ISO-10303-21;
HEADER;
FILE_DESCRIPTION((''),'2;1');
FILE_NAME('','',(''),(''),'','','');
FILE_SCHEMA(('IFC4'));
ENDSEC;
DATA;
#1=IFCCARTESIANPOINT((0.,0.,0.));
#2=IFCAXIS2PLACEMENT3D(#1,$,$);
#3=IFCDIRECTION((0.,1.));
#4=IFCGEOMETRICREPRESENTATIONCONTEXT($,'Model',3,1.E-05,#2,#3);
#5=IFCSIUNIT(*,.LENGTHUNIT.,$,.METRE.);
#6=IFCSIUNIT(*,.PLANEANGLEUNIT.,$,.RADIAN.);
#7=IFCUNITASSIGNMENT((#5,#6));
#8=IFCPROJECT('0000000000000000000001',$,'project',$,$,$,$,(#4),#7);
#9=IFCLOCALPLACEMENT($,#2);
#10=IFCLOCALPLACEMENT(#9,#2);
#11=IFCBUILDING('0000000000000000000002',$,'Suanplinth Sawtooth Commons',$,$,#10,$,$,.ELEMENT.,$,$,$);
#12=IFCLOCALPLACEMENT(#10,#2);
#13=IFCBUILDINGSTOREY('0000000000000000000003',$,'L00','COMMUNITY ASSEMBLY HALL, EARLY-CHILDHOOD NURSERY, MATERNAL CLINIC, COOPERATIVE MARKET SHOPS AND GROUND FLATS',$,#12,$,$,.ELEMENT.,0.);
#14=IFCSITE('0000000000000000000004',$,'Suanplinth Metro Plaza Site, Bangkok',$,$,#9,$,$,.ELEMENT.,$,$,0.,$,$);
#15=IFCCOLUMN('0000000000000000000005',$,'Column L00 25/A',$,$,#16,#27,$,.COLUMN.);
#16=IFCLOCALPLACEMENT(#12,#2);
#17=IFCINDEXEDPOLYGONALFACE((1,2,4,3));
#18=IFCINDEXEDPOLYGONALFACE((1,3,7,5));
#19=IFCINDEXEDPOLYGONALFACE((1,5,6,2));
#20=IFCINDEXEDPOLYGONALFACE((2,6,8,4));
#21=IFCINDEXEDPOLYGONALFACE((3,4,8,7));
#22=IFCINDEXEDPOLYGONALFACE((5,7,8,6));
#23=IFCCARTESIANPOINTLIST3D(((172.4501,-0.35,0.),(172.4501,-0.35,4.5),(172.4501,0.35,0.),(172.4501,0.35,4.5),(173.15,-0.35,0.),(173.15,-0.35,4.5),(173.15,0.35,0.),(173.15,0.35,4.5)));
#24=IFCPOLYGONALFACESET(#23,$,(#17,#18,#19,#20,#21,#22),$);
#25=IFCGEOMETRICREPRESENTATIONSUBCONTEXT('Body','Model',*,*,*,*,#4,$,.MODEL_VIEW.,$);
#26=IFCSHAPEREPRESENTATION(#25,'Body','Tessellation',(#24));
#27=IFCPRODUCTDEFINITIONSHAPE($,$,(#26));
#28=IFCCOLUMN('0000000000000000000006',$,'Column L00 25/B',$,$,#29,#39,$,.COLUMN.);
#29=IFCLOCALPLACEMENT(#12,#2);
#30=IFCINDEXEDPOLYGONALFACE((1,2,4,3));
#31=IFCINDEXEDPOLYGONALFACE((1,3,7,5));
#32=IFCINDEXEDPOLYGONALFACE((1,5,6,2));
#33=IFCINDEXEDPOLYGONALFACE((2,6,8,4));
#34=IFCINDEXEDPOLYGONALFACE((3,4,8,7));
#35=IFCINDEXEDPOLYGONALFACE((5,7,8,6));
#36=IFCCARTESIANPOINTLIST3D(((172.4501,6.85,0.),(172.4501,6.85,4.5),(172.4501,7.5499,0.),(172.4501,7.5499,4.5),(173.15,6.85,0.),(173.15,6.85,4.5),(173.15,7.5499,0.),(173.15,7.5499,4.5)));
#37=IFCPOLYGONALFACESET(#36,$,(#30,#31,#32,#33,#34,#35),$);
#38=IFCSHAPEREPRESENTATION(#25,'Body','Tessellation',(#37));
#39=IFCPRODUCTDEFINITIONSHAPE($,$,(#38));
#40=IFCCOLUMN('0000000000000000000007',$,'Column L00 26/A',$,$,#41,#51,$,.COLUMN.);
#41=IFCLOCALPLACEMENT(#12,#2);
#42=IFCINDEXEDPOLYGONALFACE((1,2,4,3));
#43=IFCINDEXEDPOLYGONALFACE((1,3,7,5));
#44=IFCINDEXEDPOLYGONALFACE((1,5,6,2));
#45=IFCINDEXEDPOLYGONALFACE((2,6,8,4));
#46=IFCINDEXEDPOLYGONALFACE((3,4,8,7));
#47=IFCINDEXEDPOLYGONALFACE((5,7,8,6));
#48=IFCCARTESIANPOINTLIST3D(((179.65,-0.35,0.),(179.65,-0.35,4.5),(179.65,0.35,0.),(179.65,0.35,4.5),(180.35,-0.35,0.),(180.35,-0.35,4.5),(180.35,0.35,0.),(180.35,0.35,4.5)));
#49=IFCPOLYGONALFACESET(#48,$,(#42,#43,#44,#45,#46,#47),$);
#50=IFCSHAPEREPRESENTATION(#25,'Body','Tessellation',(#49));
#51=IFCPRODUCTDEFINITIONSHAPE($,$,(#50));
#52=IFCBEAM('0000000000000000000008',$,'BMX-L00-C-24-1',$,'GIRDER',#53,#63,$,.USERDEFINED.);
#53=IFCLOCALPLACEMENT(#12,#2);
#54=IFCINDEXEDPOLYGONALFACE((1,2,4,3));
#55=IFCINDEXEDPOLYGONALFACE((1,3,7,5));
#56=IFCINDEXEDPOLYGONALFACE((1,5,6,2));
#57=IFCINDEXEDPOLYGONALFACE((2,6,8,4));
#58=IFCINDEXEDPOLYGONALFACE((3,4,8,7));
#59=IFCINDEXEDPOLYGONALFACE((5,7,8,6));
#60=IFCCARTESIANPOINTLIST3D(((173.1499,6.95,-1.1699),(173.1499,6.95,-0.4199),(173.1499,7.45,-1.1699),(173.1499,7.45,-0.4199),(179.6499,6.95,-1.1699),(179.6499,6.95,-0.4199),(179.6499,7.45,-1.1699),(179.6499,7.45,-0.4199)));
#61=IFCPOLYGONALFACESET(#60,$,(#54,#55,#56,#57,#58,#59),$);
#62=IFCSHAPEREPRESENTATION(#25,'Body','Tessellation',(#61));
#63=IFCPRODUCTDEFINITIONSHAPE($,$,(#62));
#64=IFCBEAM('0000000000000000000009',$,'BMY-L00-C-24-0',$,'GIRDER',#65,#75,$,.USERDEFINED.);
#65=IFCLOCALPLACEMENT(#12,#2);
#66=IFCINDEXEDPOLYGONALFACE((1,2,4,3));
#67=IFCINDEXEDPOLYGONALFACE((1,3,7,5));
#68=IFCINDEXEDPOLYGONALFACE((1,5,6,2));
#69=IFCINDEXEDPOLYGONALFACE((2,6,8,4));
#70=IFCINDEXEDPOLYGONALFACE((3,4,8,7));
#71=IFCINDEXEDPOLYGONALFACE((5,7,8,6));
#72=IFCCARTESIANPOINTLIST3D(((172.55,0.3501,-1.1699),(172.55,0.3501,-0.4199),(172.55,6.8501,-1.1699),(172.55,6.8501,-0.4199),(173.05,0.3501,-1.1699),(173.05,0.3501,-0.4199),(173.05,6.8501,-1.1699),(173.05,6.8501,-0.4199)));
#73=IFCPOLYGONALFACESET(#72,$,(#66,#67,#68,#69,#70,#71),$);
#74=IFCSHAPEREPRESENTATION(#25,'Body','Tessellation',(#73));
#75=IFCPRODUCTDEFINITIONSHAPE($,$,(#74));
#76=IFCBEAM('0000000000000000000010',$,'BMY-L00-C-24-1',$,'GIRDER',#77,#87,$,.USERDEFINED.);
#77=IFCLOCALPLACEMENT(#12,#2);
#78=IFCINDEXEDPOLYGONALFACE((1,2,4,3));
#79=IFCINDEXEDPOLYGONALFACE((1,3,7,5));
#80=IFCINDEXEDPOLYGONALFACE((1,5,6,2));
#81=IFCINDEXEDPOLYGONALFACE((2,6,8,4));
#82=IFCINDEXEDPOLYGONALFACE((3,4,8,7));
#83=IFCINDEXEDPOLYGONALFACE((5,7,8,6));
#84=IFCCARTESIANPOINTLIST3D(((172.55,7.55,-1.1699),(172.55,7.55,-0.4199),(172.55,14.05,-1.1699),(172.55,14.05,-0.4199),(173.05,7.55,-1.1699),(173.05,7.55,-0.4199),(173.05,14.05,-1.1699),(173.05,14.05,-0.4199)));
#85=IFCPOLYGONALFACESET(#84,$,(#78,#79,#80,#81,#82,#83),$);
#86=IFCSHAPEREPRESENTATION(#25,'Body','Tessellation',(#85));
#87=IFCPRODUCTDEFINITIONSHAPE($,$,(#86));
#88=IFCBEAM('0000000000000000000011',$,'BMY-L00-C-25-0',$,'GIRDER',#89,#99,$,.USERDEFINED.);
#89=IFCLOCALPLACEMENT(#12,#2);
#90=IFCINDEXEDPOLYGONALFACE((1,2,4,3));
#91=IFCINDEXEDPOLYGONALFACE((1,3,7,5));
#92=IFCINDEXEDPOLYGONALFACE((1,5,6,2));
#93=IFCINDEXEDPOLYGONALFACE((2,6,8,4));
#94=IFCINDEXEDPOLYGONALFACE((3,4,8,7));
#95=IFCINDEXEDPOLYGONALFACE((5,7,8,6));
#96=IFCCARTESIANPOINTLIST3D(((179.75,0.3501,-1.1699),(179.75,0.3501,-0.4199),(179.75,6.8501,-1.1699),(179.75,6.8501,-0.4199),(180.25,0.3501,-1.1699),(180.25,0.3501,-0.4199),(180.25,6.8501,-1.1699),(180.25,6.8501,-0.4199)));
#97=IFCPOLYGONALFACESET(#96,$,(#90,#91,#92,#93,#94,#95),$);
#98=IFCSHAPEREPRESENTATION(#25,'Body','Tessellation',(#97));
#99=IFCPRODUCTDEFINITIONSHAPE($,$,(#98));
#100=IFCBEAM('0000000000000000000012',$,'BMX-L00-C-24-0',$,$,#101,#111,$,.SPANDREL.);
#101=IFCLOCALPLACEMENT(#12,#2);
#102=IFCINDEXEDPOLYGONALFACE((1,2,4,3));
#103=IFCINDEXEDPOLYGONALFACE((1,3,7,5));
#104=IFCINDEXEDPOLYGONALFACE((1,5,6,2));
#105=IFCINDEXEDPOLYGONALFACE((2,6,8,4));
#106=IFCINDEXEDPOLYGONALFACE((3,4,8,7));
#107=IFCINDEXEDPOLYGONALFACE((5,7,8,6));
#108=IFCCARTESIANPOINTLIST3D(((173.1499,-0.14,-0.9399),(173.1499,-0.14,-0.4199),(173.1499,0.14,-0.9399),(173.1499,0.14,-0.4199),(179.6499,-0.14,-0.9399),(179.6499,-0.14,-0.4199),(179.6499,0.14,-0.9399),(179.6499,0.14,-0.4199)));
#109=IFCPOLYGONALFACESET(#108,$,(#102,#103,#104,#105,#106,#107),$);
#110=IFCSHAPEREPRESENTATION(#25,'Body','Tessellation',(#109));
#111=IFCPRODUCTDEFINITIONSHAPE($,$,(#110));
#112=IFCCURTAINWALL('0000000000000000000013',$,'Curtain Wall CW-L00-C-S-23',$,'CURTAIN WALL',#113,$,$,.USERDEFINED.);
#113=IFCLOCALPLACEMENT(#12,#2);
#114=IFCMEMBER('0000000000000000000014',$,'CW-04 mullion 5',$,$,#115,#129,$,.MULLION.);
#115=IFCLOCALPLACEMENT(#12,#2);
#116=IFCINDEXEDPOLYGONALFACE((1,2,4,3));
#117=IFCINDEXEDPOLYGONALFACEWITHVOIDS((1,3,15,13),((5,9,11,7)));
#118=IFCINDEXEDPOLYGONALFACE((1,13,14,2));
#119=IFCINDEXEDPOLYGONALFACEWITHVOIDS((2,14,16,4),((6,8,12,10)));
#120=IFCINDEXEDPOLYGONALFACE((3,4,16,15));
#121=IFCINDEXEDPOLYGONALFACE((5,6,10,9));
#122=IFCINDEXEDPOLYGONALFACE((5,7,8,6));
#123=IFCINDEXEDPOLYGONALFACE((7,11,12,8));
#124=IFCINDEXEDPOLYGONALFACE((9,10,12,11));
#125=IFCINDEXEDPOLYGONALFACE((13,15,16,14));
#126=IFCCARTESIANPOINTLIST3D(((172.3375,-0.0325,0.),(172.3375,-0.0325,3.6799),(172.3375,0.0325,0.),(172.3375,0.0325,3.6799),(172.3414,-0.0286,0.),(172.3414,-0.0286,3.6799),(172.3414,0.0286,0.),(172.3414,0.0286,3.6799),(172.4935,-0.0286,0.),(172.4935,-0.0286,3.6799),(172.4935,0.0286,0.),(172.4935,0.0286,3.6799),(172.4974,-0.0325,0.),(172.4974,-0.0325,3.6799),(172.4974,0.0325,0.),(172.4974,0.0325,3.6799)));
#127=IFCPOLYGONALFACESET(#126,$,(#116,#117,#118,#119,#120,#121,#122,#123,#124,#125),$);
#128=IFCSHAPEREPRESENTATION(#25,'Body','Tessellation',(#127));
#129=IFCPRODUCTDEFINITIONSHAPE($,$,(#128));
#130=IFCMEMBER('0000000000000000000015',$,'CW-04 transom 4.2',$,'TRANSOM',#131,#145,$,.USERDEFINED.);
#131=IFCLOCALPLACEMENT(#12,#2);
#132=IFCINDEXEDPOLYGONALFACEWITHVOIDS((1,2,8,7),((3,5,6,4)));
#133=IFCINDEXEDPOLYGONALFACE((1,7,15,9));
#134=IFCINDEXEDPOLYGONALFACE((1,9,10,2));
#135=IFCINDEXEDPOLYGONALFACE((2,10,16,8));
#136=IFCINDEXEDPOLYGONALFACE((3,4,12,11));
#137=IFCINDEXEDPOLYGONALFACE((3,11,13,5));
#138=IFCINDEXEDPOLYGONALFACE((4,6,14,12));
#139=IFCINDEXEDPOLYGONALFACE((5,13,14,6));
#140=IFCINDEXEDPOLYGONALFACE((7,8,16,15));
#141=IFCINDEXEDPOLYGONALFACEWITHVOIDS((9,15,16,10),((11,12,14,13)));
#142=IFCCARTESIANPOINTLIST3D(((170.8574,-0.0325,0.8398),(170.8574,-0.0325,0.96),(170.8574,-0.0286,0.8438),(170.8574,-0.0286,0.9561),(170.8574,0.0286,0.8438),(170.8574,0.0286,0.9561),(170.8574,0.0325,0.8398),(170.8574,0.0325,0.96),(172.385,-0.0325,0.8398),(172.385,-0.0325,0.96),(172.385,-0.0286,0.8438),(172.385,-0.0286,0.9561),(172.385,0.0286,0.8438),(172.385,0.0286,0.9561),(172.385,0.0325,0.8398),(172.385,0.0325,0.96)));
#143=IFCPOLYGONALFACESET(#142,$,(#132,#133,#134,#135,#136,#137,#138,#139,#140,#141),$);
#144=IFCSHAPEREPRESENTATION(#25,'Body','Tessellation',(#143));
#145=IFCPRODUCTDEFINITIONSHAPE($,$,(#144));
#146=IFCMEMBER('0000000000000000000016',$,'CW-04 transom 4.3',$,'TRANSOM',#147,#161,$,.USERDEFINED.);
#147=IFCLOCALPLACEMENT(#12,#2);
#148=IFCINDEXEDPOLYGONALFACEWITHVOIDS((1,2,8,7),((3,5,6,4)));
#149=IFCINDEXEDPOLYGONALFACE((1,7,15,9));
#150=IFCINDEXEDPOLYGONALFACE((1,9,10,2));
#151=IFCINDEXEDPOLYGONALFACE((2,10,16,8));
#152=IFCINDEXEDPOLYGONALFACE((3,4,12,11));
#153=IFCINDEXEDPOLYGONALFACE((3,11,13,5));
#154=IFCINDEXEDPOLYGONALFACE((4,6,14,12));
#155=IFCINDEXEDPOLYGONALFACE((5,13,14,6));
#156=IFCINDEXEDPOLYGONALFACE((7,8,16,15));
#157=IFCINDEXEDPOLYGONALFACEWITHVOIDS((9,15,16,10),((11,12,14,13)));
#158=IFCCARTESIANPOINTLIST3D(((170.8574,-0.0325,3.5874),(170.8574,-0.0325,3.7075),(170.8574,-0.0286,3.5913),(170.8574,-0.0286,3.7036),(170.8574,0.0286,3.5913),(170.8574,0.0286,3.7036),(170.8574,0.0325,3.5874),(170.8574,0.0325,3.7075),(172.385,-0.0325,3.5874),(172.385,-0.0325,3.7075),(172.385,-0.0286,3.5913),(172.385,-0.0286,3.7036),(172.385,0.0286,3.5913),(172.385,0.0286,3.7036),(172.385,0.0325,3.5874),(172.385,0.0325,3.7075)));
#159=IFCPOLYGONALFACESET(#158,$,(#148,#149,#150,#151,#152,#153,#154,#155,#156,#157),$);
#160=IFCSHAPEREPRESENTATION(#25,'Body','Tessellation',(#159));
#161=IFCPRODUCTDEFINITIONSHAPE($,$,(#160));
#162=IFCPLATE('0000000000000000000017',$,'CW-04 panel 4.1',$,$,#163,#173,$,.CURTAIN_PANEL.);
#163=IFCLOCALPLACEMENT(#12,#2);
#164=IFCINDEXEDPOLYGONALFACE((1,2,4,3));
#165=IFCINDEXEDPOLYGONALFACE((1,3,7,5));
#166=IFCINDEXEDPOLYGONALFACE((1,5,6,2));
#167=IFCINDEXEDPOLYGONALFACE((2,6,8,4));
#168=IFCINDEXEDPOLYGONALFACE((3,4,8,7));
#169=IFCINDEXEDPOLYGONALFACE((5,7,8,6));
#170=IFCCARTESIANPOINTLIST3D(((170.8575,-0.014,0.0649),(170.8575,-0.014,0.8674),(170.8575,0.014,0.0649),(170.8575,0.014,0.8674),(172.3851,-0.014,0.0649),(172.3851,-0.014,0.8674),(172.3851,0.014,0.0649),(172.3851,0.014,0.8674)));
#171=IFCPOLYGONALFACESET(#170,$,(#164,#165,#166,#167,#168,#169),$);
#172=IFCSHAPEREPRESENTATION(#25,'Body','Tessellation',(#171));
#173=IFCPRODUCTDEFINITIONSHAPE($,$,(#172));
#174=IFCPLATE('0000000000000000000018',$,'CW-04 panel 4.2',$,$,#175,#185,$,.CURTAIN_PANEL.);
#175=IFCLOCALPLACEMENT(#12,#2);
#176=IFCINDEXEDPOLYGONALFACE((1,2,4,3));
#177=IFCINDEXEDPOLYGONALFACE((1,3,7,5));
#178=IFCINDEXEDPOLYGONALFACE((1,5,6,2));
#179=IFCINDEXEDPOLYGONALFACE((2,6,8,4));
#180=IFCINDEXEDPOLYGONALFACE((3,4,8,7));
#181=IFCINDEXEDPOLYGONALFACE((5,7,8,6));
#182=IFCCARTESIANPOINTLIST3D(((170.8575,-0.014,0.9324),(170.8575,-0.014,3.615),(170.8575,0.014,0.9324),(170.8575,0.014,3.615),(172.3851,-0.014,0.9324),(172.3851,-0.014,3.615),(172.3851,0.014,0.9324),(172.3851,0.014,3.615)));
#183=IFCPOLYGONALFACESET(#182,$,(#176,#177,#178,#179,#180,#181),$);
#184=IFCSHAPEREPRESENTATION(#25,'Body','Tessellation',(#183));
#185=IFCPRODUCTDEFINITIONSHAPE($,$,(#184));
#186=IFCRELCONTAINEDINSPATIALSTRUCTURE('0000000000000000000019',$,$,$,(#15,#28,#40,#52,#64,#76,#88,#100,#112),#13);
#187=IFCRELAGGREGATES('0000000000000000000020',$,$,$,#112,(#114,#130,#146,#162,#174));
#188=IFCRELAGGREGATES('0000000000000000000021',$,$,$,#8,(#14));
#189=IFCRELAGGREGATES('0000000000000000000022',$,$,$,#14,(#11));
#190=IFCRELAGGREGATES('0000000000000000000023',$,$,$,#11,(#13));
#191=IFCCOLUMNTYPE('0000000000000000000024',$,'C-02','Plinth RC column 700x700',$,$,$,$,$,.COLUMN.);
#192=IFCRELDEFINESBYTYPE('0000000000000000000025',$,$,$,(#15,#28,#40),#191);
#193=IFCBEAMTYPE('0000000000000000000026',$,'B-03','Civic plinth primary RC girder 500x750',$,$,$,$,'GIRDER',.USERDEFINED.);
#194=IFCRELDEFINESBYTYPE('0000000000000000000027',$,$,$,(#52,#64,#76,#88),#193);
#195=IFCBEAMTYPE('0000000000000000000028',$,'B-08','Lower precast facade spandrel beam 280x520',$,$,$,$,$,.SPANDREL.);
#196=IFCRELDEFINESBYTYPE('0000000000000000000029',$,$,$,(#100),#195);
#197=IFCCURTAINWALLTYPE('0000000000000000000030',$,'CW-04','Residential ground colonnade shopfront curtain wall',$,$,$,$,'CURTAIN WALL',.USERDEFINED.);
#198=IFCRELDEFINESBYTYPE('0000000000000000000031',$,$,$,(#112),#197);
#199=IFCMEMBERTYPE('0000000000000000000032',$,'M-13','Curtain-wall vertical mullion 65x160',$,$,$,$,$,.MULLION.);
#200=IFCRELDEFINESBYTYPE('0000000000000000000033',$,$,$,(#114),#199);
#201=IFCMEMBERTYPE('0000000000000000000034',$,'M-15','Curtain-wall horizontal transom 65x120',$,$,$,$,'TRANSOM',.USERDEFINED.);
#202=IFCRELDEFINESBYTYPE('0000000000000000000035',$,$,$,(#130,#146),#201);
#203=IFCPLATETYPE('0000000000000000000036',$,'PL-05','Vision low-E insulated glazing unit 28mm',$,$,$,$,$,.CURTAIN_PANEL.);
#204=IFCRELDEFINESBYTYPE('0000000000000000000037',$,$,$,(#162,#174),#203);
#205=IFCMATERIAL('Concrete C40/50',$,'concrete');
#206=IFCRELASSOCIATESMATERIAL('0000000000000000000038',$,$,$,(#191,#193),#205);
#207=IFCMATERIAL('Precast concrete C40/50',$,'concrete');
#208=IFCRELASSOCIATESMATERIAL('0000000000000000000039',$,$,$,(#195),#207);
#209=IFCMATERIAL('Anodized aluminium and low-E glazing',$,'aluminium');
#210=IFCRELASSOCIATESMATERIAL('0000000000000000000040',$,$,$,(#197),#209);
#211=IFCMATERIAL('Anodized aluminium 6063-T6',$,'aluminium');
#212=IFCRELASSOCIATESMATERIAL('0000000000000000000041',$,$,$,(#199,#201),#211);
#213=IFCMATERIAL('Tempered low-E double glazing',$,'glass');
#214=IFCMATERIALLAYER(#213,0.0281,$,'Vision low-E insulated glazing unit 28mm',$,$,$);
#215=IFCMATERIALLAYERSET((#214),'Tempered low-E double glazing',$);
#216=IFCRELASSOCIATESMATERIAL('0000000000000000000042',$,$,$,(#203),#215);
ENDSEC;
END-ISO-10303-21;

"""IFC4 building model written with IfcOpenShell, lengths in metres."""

from ifc_helpers import new_model, si_unit, direction, frame, origin, origin_2d, place, context, subcontext, project, spatial, rectangle, hollow_rectangle, extrude, material, layer, layer_set, material_profile, profile_set, type_object, element, aggregate, save


model = new_model("IFC4")

# Units and contexts
model_context = context("Model", 3, precision=1e-05, world=origin(), true_north=direction((0.0, 1.0)))
body_context = subcontext(model_context, "Body", "Model", "MODEL_VIEW")
ifc_project = project(units=[si_unit("LENGTHUNIT", "METRE"), si_unit("PLANEANGLEUNIT", "RADIAN")], contexts=[model_context])

# Site, building, storey
site_placement = place(None, origin())
site = spatial("IfcSite", under=ifc_project, at=site_placement, Name="Suanplinth Metro Plaza Site, Bangkok", CompositionType="ELEMENT", RefElevation=0.0)
building_placement = place(site_placement, origin())
building = spatial("IfcBuilding", under=site, at=building_placement, Name="Suanplinth Sawtooth Commons", CompositionType="ELEMENT")
storey_placement = place(building_placement, origin())
storey = spatial("IfcBuildingStorey", under=building, at=storey_placement, Name="L00", Description="COMMUNITY ASSEMBLY HALL, EARLY-CHILDHOOD NURSERY, MATERNAL CLINIC, COOPERATIVE MARKET SHOPS AND GROUND FLATS", CompositionType="ELEMENT", Elevation=0.0)

# Columns
ifc_material_1 = material(Name="Concrete C40/50", Category="concrete")
ifc_material_profile_1 = material_profile(ifc_material_1, rectangle(XDim=0.7, YDim=0.7, at=origin_2d()), Name="RC-COL 700x700")
ifc_profile_set_1 = profile_set([ifc_material_profile_1], Name="Concrete C40/50")
column_type = type_object("IfcColumnType", Name="C-02", Description="Plinth RC column 700x700", PredefinedType="COLUMN", material=ifc_profile_set_1)
for number, where, z_axis, x_axis, name in (
    (1, (172.8, 0.0, 0.0), (0.0, 0.0, 1.0), (1.0, 0.0, 0.0), "Column L00 25/A"),
    (2, (172.8, 7.2, 0.0), (0.0, 0.0, 1.0), (1.0, 0.0, 0.0), "Column L00 25/B"),
    (3, (180.0, 0.0, 0.0), (0.0, 0.0, 1.0), (1.0, 0.0, 0.0), "Column L00 26/A"),
):
    element("IfcColumn", number, at=place(storey_placement, frame(where, z_axis=z_axis, x_axis=x_axis)), inside=storey, type_object=column_type, Name=name, PredefinedType="COLUMN", context=body_context, shape_type="SweptSolid", body=[
        extrude(rectangle(XDim=0.7, YDim=0.7, at=origin_2d()), origin(), (0.0, 0.0, 1.0), 4.5),
    ])

# Beams
ifc_material_profile_2 = material_profile(ifc_material_1, rectangle(XDim=0.5, YDim=0.75, at=origin_2d()), Name="RC-GDR 500x750")
ifc_profile_set_2 = profile_set([ifc_material_profile_2], Name="Concrete C40/50")
beam_type_1 = type_object("IfcBeamType", Name="B-03", Description="Civic plinth primary RC girder 500x750", ElementType="GIRDER", PredefinedType="USERDEFINED", material=ifc_profile_set_2)
for number, where, z_axis, x_axis, name in (
    (4, (173.1499, 7.2, -0.7949), (1.0, 0.0, 0.0), (0.0, 1.0, 0.0), "BMX-L00-C-24-1"),
    (5, (172.8, 0.3501, -0.7949), (0.0, 1.0, 0.0), (-1.0, 0.0, 0.0), "BMY-L00-C-24-0"),
    (6, (172.8, 7.55, -0.7949), (0.0, 1.0, 0.0), (-1.0, 0.0, 0.0), "BMY-L00-C-24-1"),
    (7, (180.0, 0.3501, -0.7949), (0.0, 1.0, 0.0), (-1.0, 0.0, 0.0), "BMY-L00-C-25-0"),
):
    element("IfcBeam", number, at=place(storey_placement, frame(where, z_axis=z_axis, x_axis=x_axis)), inside=storey, type_object=beam_type_1, Name=name, ObjectType="GIRDER", PredefinedType="USERDEFINED", context=body_context, shape_type="SweptSolid", body=[
        extrude(rectangle(XDim=0.5, YDim=0.75, at=origin_2d()), origin(), (0.0, 0.0, 1.0), 6.5),
    ])
ifc_material_2 = material(Name="Precast concrete C40/50", Category="concrete")
ifc_material_profile_3 = material_profile(ifc_material_2, rectangle(XDim=0.28, YDim=0.52, at=origin_2d()), Name="PC-SP 280x520")
ifc_profile_set_3 = profile_set([ifc_material_profile_3], Name="Precast concrete C40/50")
beam_type_2 = type_object("IfcBeamType", Name="B-08", Description="Lower precast facade spandrel beam 280x520", PredefinedType="SPANDREL", material=ifc_profile_set_3)
beam_placement = place(storey_placement, frame((173.1499, 0.0, -0.6799), z_axis=(1.0, 0.0, 0.0), x_axis=(0.0, 1.0, 0.0)))
element("IfcBeam", 8, at=beam_placement, inside=storey, type_object=beam_type_2, Name="BMX-L00-C-24-0", PredefinedType="SPANDREL", context=body_context, shape_type="SweptSolid", body=[
    extrude(rectangle(XDim=0.28, YDim=0.52, at=origin_2d()), origin(), (0.0, 0.0, 1.0), 6.5),
])

# Curtain wall, members, plates
ifc_material_3 = material(Name="Anodized aluminium and low-E glazing", Category="aluminium")
curtain_wall_type = type_object("IfcCurtainWallType", Name="CW-04", Description="Residential ground colonnade shopfront curtain wall", ElementType="CURTAIN WALL", PredefinedType="USERDEFINED", material=ifc_material_3)
curtain_wall_placement = place(storey_placement, origin())
curtain_wall = element("IfcCurtainWall", 9, at=curtain_wall_placement, inside=storey, type_object=curtain_wall_type, Name="Curtain Wall CW-L00-C-S-23", ObjectType="CURTAIN WALL", PredefinedType="USERDEFINED")
ifc_material_4 = material(Name="Anodized aluminium 6063-T6", Category="aluminium")
ifc_material_profile_4 = material_profile(ifc_material_4, hollow_rectangle(XDim=0.0649, YDim=0.1599, WallThickness=0.0039, at=origin_2d()), Name="ALU-MUL 65x160")
ifc_profile_set_4 = profile_set([ifc_material_profile_4], Name="Anodized aluminium 6063-T6")
member_type_1 = type_object("IfcMemberType", Name="M-13", Description="Curtain-wall vertical mullion 65x160", PredefinedType="MULLION", material=ifc_profile_set_4)
member_1_placement = place(storey_placement, frame((172.4175, 0.0, 0.0), z_axis=(0.0, 0.0, 1.0), x_axis=(0.0, 1.0, 0.0)))
member_1 = element("IfcMember", 10, at=member_1_placement, type_object=member_type_1, Name="CW-04 mullion 5", PredefinedType="MULLION", context=body_context, shape_type="SweptSolid", body=[
    extrude(hollow_rectangle(XDim=0.0649, YDim=0.1599, WallThickness=0.0039, at=origin_2d()), origin(), (0.0, 0.0, 1.0), 3.6799),
])
ifc_material_profile_5 = material_profile(ifc_material_4, hollow_rectangle(XDim=0.0649, YDim=0.1201, WallThickness=0.0039, at=origin_2d()), Name="ALU-TRN 65x120")
ifc_profile_set_5 = profile_set([ifc_material_profile_5], Name="Anodized aluminium 6063-T6")
member_type_2 = type_object("IfcMemberType", Name="M-15", Description="Curtain-wall horizontal transom 65x120", ElementType="TRANSOM", PredefinedType="USERDEFINED", material=ifc_profile_set_5)
member_2_placement = place(storey_placement, frame((170.8574, 0.0, 0.8999), z_axis=(1.0, 0.0, 0.0), x_axis=(0.0, 1.0, 0.0)))
member_2 = element("IfcMember", 11, at=member_2_placement, type_object=member_type_2, Name="CW-04 transom 4.2", ObjectType="TRANSOM", PredefinedType="USERDEFINED", context=body_context, shape_type="SweptSolid", body=[
    extrude(hollow_rectangle(XDim=0.0649, YDim=0.1201, WallThickness=0.0039, at=origin_2d()), origin(), (0.0, 0.0, 1.0), 1.5276),
])
member_3_placement = place(storey_placement, frame((170.8574, 0.0, 3.6475), z_axis=(1.0, 0.0, 0.0), x_axis=(0.0, 1.0, 0.0)))
member_3 = element("IfcMember", 12, at=member_3_placement, type_object=member_type_2, Name="CW-04 transom 4.3", ObjectType="TRANSOM", PredefinedType="USERDEFINED", context=body_context, shape_type="SweptSolid", body=[
    extrude(hollow_rectangle(XDim=0.0649, YDim=0.1201, WallThickness=0.0039, at=origin_2d()), origin(), (0.0, 0.0, 1.0), 1.5276),
])
ifc_material_5 = material(Name="Tempered low-E double glazing", Category="glass")
ifc_layer_1 = layer(ifc_material_5, 0.0281, Name="Vision low-E insulated glazing unit 28mm")
ifc_layer_set_1 = layer_set([ifc_layer_1], Name="Tempered low-E double glazing")
plate_type = type_object("IfcPlateType", Name="PL-05", Description="Vision low-E insulated glazing unit 28mm", PredefinedType="CURTAIN_PANEL", material=ifc_layer_set_1)
plate_1_placement = place(storey_placement, frame((171.6213, 0.0, 0.0649), z_axis=(0.0, 0.0, 1.0), x_axis=(1.0, 0.0, 0.0)))
plate_1 = element("IfcPlate", 13, at=plate_1_placement, type_object=plate_type, Name="CW-04 panel 4.1", PredefinedType="CURTAIN_PANEL", context=body_context, shape_type="SweptSolid", body=[
    extrude(rectangle(XDim=1.5276, YDim=0.0281, at=origin_2d()), origin(), (0.0, 0.0, 1.0), 0.8025),
])
plate_2_placement = place(storey_placement, frame((171.6213, 0.0, 0.9324), z_axis=(0.0, 0.0, 1.0), x_axis=(1.0, 0.0, 0.0)))
plate_2 = element("IfcPlate", 14, at=plate_2_placement, type_object=plate_type, Name="CW-04 panel 4.2", PredefinedType="CURTAIN_PANEL", context=body_context, shape_type="SweptSolid", body=[
    extrude(rectangle(XDim=1.5276, YDim=0.0281, at=origin_2d()), origin(), (0.0, 0.0, 1.0), 2.6826),
])
aggregate(curtain_wall, [member_1, member_2, member_3, plate_1, plate_2])

save(model, "model.ifc")
